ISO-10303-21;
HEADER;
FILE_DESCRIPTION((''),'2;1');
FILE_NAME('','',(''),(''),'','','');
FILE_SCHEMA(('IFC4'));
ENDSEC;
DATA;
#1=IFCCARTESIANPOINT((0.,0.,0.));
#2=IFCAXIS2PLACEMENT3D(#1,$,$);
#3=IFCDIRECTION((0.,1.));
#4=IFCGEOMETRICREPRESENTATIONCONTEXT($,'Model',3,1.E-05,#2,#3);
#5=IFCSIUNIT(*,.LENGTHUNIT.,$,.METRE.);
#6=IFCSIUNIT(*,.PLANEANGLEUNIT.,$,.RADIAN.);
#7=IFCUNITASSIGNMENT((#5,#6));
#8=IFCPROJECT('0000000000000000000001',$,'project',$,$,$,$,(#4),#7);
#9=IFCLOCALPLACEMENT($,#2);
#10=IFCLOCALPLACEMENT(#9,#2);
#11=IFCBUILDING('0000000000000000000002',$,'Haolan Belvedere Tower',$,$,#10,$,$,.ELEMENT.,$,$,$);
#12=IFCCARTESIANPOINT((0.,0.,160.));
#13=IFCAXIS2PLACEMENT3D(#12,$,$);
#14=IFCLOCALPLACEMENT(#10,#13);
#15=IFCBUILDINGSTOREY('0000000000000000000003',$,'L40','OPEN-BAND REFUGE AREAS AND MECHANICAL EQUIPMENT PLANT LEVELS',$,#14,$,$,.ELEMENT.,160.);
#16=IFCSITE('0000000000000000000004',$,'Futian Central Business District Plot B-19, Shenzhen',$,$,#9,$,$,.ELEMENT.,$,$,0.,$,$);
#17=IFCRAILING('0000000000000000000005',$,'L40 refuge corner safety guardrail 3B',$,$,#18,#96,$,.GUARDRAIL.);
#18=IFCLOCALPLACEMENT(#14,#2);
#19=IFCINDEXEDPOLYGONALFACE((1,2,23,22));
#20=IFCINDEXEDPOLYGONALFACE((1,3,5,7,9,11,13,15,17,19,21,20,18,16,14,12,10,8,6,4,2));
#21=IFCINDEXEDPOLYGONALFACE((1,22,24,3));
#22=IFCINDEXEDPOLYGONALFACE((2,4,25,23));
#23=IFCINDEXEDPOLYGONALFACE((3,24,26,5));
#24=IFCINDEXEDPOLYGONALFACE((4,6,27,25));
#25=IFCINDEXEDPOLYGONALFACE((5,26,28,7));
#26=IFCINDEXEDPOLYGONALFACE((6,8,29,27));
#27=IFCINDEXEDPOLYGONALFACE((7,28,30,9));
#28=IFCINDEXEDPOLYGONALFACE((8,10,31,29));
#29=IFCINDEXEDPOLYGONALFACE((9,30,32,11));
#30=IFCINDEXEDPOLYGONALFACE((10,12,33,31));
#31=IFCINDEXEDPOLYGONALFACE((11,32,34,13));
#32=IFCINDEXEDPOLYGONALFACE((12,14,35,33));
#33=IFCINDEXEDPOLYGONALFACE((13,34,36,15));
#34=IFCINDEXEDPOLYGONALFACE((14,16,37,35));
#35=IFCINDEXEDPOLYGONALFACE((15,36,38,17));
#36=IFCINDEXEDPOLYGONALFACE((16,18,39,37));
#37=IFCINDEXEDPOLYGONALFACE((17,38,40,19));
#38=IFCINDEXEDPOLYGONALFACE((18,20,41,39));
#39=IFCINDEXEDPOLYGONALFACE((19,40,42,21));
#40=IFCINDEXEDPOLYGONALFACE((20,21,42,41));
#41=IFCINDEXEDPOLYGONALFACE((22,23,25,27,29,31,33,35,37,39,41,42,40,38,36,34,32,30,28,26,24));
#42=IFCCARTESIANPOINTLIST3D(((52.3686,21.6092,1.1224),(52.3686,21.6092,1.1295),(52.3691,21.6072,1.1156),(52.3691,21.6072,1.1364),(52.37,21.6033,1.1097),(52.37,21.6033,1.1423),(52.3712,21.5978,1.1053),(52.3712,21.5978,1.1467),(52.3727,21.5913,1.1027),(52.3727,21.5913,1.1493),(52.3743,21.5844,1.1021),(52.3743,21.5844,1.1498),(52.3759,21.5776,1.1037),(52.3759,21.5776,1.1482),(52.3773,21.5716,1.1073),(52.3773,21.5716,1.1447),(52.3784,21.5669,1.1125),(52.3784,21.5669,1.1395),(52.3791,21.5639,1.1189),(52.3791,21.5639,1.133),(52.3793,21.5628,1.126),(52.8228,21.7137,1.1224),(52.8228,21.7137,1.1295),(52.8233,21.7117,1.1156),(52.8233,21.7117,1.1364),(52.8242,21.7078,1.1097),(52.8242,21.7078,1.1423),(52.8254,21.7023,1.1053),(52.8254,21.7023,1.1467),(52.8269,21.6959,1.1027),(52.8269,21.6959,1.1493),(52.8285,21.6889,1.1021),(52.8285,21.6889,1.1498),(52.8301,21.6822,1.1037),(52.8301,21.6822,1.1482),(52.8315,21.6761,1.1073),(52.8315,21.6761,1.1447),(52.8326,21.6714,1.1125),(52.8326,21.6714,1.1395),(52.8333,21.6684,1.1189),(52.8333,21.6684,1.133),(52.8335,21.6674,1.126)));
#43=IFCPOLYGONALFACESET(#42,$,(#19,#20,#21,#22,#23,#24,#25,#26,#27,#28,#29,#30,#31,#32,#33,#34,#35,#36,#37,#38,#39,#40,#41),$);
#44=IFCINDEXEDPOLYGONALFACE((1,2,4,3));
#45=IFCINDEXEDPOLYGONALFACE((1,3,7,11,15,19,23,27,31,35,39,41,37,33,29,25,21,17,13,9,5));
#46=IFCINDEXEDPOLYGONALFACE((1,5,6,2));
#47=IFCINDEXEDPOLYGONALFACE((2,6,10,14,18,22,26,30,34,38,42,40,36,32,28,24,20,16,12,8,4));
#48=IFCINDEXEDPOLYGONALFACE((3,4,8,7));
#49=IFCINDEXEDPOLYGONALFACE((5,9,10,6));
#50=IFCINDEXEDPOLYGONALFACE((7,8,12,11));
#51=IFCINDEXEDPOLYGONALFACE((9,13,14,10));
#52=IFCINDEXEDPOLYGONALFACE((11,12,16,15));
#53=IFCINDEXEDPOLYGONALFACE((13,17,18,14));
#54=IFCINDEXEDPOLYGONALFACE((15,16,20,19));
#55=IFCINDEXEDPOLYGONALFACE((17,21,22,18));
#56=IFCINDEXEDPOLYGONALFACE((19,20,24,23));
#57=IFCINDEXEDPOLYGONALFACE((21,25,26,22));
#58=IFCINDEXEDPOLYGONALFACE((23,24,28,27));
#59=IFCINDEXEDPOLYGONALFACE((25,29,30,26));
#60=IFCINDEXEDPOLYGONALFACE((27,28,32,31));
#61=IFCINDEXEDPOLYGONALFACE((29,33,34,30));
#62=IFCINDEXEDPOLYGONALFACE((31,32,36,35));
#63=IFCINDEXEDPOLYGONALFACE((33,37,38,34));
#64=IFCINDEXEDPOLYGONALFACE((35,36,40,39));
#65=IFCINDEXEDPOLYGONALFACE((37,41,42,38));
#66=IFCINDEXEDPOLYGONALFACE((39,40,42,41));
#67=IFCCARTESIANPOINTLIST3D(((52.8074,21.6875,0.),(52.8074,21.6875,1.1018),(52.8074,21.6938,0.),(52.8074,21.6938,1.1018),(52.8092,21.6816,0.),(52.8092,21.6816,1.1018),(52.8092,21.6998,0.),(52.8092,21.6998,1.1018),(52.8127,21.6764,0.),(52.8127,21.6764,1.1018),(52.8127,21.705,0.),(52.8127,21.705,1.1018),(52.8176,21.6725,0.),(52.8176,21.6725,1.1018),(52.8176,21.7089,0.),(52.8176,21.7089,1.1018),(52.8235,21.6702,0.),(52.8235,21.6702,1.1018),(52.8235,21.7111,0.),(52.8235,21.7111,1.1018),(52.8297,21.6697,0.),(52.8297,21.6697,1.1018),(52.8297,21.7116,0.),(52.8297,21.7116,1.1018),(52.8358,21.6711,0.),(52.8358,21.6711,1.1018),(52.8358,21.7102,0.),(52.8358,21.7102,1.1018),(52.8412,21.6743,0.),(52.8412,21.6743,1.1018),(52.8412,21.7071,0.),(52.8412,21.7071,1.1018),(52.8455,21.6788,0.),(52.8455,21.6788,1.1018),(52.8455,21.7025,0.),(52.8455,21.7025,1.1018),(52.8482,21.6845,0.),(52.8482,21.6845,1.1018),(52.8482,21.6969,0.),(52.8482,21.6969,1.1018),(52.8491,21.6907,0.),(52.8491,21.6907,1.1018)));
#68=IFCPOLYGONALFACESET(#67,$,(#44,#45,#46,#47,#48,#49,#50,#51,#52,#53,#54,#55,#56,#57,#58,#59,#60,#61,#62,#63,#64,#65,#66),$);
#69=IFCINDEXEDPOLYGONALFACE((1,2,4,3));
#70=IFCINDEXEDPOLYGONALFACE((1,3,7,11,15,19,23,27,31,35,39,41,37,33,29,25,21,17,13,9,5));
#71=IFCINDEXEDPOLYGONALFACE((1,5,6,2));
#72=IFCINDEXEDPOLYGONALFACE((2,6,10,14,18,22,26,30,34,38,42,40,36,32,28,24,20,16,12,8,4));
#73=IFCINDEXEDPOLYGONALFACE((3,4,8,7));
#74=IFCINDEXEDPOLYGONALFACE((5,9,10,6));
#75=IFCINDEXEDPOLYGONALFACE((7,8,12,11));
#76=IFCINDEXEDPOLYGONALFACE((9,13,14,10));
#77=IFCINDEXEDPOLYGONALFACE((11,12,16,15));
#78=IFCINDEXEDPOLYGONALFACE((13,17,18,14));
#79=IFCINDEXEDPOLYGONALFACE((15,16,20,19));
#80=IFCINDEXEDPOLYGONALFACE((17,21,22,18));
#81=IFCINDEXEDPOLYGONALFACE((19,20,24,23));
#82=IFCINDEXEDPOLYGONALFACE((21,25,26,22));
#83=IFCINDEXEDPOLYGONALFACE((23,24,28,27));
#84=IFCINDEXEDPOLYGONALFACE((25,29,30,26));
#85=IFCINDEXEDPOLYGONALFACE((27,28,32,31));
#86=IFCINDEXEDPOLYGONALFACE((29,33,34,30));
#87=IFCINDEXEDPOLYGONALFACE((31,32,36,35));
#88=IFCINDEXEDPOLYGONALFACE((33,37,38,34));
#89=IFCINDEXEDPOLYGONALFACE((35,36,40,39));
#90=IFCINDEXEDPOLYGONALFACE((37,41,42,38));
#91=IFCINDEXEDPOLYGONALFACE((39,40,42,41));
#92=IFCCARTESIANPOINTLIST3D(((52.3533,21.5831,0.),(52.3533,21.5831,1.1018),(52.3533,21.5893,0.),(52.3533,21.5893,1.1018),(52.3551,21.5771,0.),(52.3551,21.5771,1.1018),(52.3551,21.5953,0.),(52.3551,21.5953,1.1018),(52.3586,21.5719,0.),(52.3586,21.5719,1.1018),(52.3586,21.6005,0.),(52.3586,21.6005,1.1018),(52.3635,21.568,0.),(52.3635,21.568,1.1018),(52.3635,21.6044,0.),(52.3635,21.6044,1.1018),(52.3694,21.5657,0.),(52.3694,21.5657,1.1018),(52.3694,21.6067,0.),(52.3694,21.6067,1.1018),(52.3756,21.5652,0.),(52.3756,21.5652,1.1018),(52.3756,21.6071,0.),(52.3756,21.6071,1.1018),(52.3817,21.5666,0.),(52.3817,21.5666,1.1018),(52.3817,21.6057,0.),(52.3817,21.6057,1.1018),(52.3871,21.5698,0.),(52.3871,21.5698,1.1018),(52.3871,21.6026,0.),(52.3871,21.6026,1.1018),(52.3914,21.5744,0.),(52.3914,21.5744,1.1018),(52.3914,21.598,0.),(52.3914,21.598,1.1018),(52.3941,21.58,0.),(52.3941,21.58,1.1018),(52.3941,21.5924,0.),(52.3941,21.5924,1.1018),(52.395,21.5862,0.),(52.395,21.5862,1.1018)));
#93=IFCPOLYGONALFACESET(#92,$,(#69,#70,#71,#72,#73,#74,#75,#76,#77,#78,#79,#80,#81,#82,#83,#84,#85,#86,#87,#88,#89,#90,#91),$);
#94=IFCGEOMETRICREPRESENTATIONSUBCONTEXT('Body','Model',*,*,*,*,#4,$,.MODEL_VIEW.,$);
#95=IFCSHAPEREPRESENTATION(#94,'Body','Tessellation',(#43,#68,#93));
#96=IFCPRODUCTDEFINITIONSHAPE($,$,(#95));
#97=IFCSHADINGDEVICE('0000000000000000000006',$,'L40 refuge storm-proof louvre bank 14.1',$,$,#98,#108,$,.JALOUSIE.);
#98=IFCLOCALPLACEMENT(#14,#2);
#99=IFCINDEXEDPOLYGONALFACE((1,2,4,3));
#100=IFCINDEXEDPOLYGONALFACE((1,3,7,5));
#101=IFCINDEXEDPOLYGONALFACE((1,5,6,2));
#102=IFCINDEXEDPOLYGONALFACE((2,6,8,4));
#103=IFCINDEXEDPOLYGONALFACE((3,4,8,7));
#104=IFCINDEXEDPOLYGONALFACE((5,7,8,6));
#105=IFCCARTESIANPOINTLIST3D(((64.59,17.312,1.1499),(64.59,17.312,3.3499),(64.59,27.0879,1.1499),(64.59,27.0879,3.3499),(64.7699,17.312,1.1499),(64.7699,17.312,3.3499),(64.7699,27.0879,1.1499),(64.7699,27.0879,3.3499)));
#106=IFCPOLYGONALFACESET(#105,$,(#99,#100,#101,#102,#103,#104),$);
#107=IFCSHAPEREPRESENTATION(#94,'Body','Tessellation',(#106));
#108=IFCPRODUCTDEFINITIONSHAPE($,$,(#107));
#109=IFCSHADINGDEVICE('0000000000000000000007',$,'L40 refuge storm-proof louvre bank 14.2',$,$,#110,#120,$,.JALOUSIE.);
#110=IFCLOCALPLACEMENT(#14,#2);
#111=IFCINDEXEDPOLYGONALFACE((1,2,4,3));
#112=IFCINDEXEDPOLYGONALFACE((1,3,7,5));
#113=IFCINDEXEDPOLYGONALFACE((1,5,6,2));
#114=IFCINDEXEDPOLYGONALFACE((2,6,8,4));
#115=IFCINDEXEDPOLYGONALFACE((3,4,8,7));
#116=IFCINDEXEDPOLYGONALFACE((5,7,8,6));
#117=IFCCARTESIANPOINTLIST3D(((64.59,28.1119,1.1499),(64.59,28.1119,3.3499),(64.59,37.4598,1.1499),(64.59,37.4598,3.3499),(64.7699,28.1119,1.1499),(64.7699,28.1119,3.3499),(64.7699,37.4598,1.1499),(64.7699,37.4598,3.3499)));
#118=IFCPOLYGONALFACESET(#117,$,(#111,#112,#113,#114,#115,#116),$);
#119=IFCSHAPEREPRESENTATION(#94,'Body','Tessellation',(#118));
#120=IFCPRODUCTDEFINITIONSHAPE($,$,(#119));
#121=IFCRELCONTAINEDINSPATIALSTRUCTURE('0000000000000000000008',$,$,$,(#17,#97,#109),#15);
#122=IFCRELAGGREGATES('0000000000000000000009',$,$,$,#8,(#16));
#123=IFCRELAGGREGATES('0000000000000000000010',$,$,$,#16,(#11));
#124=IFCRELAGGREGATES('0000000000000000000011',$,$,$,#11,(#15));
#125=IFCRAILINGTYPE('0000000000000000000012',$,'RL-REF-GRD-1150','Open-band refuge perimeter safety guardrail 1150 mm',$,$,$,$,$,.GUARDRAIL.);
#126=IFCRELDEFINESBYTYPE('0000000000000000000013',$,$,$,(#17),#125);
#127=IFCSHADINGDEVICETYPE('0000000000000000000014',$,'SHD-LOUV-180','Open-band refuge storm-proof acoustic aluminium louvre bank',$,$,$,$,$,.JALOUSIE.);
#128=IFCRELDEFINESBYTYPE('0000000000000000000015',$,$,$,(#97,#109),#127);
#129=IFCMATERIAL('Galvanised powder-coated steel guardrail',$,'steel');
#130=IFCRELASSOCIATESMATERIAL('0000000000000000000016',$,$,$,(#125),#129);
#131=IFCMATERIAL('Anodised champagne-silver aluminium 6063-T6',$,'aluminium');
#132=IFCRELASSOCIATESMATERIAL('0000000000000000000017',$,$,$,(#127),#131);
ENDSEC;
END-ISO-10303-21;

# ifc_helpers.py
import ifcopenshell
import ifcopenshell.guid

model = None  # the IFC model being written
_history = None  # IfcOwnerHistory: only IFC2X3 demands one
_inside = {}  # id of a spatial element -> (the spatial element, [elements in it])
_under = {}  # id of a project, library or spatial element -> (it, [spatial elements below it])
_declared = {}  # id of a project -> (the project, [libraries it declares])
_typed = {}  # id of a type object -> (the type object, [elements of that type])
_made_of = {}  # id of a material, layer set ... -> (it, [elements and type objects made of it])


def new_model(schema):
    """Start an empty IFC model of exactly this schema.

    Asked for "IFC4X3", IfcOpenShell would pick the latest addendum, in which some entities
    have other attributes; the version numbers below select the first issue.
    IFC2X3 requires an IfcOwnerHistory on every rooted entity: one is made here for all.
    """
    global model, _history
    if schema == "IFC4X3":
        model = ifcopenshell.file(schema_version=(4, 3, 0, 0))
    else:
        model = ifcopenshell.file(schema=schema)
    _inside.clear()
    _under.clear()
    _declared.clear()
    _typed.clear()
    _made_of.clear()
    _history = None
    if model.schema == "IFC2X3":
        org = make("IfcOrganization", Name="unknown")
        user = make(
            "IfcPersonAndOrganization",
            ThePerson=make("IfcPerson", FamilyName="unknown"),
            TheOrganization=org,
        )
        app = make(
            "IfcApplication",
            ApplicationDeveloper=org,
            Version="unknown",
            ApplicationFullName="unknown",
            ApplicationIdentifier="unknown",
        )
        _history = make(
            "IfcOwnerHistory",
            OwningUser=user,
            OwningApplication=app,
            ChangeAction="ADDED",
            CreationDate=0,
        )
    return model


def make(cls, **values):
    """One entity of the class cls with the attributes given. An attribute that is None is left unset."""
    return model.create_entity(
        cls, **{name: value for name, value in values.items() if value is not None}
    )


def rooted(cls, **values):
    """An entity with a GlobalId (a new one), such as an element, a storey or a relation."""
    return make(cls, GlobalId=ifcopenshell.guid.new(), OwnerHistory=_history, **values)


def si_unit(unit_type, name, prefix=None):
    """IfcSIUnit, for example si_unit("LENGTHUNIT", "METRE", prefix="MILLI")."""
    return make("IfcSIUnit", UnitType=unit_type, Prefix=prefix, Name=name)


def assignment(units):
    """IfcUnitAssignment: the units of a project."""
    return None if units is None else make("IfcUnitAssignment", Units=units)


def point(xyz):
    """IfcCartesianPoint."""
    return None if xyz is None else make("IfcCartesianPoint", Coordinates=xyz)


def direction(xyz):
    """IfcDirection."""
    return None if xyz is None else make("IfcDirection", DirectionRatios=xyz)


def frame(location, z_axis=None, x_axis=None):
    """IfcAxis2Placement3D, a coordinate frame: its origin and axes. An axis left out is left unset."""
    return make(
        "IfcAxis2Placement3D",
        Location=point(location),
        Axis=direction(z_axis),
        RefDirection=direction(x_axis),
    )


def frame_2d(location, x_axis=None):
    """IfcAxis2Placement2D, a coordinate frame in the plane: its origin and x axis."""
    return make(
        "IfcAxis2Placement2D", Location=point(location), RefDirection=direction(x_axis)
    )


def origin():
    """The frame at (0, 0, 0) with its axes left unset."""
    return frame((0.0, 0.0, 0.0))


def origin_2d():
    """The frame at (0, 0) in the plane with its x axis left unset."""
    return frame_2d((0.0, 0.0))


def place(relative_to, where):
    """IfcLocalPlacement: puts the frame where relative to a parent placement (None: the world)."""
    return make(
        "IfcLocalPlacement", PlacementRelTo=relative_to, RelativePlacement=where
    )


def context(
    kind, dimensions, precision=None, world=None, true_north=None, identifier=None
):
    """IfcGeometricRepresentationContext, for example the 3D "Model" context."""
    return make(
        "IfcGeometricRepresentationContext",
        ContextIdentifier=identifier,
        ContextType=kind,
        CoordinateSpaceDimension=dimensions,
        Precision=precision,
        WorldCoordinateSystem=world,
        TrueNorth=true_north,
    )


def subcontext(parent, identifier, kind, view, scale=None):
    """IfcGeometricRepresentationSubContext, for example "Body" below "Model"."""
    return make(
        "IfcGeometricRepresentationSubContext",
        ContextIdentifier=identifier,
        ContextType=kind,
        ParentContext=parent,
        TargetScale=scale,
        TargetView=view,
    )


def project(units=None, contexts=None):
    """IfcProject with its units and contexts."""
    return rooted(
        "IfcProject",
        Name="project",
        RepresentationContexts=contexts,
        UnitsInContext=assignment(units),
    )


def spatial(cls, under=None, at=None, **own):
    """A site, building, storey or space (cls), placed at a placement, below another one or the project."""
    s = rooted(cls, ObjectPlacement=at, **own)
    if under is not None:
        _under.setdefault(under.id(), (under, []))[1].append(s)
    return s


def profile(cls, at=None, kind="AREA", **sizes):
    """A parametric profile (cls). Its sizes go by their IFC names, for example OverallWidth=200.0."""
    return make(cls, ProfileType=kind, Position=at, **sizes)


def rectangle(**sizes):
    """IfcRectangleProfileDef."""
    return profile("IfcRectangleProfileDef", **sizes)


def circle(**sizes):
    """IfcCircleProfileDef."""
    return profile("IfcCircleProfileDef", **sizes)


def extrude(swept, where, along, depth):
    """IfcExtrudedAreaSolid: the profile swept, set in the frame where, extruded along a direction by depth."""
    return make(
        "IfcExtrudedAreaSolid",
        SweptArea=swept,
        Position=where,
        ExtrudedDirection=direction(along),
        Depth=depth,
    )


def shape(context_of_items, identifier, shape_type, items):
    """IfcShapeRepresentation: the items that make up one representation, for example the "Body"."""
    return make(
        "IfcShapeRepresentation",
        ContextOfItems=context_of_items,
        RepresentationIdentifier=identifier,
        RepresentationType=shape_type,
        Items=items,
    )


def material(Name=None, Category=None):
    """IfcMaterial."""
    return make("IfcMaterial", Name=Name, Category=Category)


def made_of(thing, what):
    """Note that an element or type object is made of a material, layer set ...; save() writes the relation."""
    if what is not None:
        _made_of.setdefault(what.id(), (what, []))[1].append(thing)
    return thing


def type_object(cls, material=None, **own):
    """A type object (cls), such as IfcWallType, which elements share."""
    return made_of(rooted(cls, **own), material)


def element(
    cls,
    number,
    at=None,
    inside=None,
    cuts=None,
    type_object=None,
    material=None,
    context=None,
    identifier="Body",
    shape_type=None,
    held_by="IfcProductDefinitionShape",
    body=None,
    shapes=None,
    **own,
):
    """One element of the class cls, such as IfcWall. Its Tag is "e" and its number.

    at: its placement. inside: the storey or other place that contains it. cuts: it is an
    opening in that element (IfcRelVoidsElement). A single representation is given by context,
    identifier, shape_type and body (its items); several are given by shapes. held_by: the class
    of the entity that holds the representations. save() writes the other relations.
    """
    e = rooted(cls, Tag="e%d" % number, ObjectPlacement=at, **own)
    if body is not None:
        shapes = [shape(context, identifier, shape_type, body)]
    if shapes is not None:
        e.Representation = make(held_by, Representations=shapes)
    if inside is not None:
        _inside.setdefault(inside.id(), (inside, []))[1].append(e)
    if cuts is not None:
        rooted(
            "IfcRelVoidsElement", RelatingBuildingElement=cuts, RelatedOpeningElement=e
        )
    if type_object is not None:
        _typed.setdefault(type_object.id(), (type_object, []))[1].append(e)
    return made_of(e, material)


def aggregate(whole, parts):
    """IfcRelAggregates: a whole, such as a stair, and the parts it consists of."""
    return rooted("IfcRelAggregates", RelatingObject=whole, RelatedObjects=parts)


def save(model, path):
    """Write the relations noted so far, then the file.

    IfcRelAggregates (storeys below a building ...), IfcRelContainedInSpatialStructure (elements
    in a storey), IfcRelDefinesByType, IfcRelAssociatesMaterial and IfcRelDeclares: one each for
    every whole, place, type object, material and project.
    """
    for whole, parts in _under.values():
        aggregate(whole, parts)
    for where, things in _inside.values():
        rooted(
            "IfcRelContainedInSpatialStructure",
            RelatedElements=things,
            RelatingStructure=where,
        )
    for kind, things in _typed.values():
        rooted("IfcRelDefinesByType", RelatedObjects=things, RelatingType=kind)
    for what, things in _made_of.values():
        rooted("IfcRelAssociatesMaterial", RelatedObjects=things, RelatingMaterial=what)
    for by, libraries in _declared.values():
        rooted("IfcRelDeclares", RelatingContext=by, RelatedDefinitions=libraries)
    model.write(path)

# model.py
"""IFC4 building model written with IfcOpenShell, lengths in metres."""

from ifc_helpers import new_model, si_unit, direction, frame, origin, origin_2d, place, context, subcontext, project, spatial, rectangle, circle, extrude, material, type_object, element, save


model = new_model("IFC4")

# Units and contexts
model_context = context("Model", 3, precision=1e-05, world=origin(), true_north=direction((0.0, 1.0)))
body_context = subcontext(model_context, "Body", "Model", "MODEL_VIEW")
ifc_project = project(units=[si_unit("LENGTHUNIT", "METRE"), si_unit("PLANEANGLEUNIT", "RADIAN")], contexts=[model_context])

# Site, building, storey
site_placement = place(None, origin())
site = spatial("IfcSite", under=ifc_project, at=site_placement, Name="Futian Central Business District Plot B-19, Shenzhen", CompositionType="ELEMENT", RefElevation=0.0)
building_placement = place(site_placement, origin())
building = spatial("IfcBuilding", under=site, at=building_placement, Name="Haolan Belvedere Tower", CompositionType="ELEMENT")
storey_placement = place(building_placement, frame((0.0, 0.0, 160.0)))
storey = spatial("IfcBuildingStorey", under=building, at=storey_placement, Name="L40", Description="OPEN-BAND REFUGE AREAS AND MECHANICAL EQUIPMENT PLANT LEVELS", CompositionType="ELEMENT", Elevation=160.0)

# Railing
ifc_material_1 = material(Name="Galvanised powder-coated steel guardrail", Category="steel")
railing_type = type_object("IfcRailingType", Name="RL-REF-GRD-1150", Description="Open-band refuge perimeter safety guardrail 1150 mm", PredefinedType="GUARDRAIL", material=ifc_material_1)
railing_placement = place(storey_placement, frame((52.8281, 21.6907, 0.0)))
element("IfcRailing", 1, at=railing_placement, inside=storey, type_object=railing_type, Name="L40 refuge corner safety guardrail 3B", PredefinedType="GUARDRAIL", context=body_context, shape_type="SweptSolid", body=[
    extrude(circle(Radius=0.0239, at=origin_2d()), frame((0.0, 0.0, 1.126), z_axis=(-0.974532, -0.224247, 0.0), x_axis=(0.224247, -0.974532, 0.0)), (0.0, 0.0, 1.0), 0.4661),
    extrude(circle(Radius=0.021, at=origin_2d()), origin(), (0.0, 0.0, 1.0), 1.1018),
    extrude(circle(Radius=0.021, at=origin_2d()), frame((-0.4541, -0.1045, 0.0)), (0.0, 0.0, 1.0), 1.1018),
])

# Shading devices
ifc_material_2 = material(Name="Anodised champagne-silver aluminium 6063-T6", Category="aluminium")
shading_device_type = type_object("IfcShadingDeviceType", Name="SHD-LOUV-180", Description="Open-band refuge storm-proof acoustic aluminium louvre bank", PredefinedType="JALOUSIE", material=ifc_material_2)
shading_device_1_placement = place(storey_placement, frame((64.6799, 22.2, 1.1499), z_axis=(0.0, 0.0, 1.0), x_axis=(0.0, 1.0, 0.0)))
element("IfcShadingDevice", 2, at=shading_device_1_placement, inside=storey, type_object=shading_device_type, Name="L40 refuge storm-proof louvre bank 14.1", PredefinedType="JALOUSIE", context=body_context, shape_type="SweptSolid", body=[
    extrude(rectangle(XDim=9.7759, YDim=0.1799, at=origin_2d()), origin(), (0.0, 0.0, 1.0), 2.2),
])
shading_device_2_placement = place(storey_placement, frame((64.6799, 32.7859, 1.1499), z_axis=(0.0, 0.0, 1.0), x_axis=(0.0, 1.0, 0.0)))
element("IfcShadingDevice", 3, at=shading_device_2_placement, inside=storey, type_object=shading_device_type, Name="L40 refuge storm-proof louvre bank 14.2", PredefinedType="JALOUSIE", context=body_context, shape_type="SweptSolid", body=[
    extrude(rectangle(XDim=9.3479, YDim=0.1799, at=origin_2d()), origin(), (0.0, 0.0, 1.0), 2.2),
])

save(model, "model.ifc")
